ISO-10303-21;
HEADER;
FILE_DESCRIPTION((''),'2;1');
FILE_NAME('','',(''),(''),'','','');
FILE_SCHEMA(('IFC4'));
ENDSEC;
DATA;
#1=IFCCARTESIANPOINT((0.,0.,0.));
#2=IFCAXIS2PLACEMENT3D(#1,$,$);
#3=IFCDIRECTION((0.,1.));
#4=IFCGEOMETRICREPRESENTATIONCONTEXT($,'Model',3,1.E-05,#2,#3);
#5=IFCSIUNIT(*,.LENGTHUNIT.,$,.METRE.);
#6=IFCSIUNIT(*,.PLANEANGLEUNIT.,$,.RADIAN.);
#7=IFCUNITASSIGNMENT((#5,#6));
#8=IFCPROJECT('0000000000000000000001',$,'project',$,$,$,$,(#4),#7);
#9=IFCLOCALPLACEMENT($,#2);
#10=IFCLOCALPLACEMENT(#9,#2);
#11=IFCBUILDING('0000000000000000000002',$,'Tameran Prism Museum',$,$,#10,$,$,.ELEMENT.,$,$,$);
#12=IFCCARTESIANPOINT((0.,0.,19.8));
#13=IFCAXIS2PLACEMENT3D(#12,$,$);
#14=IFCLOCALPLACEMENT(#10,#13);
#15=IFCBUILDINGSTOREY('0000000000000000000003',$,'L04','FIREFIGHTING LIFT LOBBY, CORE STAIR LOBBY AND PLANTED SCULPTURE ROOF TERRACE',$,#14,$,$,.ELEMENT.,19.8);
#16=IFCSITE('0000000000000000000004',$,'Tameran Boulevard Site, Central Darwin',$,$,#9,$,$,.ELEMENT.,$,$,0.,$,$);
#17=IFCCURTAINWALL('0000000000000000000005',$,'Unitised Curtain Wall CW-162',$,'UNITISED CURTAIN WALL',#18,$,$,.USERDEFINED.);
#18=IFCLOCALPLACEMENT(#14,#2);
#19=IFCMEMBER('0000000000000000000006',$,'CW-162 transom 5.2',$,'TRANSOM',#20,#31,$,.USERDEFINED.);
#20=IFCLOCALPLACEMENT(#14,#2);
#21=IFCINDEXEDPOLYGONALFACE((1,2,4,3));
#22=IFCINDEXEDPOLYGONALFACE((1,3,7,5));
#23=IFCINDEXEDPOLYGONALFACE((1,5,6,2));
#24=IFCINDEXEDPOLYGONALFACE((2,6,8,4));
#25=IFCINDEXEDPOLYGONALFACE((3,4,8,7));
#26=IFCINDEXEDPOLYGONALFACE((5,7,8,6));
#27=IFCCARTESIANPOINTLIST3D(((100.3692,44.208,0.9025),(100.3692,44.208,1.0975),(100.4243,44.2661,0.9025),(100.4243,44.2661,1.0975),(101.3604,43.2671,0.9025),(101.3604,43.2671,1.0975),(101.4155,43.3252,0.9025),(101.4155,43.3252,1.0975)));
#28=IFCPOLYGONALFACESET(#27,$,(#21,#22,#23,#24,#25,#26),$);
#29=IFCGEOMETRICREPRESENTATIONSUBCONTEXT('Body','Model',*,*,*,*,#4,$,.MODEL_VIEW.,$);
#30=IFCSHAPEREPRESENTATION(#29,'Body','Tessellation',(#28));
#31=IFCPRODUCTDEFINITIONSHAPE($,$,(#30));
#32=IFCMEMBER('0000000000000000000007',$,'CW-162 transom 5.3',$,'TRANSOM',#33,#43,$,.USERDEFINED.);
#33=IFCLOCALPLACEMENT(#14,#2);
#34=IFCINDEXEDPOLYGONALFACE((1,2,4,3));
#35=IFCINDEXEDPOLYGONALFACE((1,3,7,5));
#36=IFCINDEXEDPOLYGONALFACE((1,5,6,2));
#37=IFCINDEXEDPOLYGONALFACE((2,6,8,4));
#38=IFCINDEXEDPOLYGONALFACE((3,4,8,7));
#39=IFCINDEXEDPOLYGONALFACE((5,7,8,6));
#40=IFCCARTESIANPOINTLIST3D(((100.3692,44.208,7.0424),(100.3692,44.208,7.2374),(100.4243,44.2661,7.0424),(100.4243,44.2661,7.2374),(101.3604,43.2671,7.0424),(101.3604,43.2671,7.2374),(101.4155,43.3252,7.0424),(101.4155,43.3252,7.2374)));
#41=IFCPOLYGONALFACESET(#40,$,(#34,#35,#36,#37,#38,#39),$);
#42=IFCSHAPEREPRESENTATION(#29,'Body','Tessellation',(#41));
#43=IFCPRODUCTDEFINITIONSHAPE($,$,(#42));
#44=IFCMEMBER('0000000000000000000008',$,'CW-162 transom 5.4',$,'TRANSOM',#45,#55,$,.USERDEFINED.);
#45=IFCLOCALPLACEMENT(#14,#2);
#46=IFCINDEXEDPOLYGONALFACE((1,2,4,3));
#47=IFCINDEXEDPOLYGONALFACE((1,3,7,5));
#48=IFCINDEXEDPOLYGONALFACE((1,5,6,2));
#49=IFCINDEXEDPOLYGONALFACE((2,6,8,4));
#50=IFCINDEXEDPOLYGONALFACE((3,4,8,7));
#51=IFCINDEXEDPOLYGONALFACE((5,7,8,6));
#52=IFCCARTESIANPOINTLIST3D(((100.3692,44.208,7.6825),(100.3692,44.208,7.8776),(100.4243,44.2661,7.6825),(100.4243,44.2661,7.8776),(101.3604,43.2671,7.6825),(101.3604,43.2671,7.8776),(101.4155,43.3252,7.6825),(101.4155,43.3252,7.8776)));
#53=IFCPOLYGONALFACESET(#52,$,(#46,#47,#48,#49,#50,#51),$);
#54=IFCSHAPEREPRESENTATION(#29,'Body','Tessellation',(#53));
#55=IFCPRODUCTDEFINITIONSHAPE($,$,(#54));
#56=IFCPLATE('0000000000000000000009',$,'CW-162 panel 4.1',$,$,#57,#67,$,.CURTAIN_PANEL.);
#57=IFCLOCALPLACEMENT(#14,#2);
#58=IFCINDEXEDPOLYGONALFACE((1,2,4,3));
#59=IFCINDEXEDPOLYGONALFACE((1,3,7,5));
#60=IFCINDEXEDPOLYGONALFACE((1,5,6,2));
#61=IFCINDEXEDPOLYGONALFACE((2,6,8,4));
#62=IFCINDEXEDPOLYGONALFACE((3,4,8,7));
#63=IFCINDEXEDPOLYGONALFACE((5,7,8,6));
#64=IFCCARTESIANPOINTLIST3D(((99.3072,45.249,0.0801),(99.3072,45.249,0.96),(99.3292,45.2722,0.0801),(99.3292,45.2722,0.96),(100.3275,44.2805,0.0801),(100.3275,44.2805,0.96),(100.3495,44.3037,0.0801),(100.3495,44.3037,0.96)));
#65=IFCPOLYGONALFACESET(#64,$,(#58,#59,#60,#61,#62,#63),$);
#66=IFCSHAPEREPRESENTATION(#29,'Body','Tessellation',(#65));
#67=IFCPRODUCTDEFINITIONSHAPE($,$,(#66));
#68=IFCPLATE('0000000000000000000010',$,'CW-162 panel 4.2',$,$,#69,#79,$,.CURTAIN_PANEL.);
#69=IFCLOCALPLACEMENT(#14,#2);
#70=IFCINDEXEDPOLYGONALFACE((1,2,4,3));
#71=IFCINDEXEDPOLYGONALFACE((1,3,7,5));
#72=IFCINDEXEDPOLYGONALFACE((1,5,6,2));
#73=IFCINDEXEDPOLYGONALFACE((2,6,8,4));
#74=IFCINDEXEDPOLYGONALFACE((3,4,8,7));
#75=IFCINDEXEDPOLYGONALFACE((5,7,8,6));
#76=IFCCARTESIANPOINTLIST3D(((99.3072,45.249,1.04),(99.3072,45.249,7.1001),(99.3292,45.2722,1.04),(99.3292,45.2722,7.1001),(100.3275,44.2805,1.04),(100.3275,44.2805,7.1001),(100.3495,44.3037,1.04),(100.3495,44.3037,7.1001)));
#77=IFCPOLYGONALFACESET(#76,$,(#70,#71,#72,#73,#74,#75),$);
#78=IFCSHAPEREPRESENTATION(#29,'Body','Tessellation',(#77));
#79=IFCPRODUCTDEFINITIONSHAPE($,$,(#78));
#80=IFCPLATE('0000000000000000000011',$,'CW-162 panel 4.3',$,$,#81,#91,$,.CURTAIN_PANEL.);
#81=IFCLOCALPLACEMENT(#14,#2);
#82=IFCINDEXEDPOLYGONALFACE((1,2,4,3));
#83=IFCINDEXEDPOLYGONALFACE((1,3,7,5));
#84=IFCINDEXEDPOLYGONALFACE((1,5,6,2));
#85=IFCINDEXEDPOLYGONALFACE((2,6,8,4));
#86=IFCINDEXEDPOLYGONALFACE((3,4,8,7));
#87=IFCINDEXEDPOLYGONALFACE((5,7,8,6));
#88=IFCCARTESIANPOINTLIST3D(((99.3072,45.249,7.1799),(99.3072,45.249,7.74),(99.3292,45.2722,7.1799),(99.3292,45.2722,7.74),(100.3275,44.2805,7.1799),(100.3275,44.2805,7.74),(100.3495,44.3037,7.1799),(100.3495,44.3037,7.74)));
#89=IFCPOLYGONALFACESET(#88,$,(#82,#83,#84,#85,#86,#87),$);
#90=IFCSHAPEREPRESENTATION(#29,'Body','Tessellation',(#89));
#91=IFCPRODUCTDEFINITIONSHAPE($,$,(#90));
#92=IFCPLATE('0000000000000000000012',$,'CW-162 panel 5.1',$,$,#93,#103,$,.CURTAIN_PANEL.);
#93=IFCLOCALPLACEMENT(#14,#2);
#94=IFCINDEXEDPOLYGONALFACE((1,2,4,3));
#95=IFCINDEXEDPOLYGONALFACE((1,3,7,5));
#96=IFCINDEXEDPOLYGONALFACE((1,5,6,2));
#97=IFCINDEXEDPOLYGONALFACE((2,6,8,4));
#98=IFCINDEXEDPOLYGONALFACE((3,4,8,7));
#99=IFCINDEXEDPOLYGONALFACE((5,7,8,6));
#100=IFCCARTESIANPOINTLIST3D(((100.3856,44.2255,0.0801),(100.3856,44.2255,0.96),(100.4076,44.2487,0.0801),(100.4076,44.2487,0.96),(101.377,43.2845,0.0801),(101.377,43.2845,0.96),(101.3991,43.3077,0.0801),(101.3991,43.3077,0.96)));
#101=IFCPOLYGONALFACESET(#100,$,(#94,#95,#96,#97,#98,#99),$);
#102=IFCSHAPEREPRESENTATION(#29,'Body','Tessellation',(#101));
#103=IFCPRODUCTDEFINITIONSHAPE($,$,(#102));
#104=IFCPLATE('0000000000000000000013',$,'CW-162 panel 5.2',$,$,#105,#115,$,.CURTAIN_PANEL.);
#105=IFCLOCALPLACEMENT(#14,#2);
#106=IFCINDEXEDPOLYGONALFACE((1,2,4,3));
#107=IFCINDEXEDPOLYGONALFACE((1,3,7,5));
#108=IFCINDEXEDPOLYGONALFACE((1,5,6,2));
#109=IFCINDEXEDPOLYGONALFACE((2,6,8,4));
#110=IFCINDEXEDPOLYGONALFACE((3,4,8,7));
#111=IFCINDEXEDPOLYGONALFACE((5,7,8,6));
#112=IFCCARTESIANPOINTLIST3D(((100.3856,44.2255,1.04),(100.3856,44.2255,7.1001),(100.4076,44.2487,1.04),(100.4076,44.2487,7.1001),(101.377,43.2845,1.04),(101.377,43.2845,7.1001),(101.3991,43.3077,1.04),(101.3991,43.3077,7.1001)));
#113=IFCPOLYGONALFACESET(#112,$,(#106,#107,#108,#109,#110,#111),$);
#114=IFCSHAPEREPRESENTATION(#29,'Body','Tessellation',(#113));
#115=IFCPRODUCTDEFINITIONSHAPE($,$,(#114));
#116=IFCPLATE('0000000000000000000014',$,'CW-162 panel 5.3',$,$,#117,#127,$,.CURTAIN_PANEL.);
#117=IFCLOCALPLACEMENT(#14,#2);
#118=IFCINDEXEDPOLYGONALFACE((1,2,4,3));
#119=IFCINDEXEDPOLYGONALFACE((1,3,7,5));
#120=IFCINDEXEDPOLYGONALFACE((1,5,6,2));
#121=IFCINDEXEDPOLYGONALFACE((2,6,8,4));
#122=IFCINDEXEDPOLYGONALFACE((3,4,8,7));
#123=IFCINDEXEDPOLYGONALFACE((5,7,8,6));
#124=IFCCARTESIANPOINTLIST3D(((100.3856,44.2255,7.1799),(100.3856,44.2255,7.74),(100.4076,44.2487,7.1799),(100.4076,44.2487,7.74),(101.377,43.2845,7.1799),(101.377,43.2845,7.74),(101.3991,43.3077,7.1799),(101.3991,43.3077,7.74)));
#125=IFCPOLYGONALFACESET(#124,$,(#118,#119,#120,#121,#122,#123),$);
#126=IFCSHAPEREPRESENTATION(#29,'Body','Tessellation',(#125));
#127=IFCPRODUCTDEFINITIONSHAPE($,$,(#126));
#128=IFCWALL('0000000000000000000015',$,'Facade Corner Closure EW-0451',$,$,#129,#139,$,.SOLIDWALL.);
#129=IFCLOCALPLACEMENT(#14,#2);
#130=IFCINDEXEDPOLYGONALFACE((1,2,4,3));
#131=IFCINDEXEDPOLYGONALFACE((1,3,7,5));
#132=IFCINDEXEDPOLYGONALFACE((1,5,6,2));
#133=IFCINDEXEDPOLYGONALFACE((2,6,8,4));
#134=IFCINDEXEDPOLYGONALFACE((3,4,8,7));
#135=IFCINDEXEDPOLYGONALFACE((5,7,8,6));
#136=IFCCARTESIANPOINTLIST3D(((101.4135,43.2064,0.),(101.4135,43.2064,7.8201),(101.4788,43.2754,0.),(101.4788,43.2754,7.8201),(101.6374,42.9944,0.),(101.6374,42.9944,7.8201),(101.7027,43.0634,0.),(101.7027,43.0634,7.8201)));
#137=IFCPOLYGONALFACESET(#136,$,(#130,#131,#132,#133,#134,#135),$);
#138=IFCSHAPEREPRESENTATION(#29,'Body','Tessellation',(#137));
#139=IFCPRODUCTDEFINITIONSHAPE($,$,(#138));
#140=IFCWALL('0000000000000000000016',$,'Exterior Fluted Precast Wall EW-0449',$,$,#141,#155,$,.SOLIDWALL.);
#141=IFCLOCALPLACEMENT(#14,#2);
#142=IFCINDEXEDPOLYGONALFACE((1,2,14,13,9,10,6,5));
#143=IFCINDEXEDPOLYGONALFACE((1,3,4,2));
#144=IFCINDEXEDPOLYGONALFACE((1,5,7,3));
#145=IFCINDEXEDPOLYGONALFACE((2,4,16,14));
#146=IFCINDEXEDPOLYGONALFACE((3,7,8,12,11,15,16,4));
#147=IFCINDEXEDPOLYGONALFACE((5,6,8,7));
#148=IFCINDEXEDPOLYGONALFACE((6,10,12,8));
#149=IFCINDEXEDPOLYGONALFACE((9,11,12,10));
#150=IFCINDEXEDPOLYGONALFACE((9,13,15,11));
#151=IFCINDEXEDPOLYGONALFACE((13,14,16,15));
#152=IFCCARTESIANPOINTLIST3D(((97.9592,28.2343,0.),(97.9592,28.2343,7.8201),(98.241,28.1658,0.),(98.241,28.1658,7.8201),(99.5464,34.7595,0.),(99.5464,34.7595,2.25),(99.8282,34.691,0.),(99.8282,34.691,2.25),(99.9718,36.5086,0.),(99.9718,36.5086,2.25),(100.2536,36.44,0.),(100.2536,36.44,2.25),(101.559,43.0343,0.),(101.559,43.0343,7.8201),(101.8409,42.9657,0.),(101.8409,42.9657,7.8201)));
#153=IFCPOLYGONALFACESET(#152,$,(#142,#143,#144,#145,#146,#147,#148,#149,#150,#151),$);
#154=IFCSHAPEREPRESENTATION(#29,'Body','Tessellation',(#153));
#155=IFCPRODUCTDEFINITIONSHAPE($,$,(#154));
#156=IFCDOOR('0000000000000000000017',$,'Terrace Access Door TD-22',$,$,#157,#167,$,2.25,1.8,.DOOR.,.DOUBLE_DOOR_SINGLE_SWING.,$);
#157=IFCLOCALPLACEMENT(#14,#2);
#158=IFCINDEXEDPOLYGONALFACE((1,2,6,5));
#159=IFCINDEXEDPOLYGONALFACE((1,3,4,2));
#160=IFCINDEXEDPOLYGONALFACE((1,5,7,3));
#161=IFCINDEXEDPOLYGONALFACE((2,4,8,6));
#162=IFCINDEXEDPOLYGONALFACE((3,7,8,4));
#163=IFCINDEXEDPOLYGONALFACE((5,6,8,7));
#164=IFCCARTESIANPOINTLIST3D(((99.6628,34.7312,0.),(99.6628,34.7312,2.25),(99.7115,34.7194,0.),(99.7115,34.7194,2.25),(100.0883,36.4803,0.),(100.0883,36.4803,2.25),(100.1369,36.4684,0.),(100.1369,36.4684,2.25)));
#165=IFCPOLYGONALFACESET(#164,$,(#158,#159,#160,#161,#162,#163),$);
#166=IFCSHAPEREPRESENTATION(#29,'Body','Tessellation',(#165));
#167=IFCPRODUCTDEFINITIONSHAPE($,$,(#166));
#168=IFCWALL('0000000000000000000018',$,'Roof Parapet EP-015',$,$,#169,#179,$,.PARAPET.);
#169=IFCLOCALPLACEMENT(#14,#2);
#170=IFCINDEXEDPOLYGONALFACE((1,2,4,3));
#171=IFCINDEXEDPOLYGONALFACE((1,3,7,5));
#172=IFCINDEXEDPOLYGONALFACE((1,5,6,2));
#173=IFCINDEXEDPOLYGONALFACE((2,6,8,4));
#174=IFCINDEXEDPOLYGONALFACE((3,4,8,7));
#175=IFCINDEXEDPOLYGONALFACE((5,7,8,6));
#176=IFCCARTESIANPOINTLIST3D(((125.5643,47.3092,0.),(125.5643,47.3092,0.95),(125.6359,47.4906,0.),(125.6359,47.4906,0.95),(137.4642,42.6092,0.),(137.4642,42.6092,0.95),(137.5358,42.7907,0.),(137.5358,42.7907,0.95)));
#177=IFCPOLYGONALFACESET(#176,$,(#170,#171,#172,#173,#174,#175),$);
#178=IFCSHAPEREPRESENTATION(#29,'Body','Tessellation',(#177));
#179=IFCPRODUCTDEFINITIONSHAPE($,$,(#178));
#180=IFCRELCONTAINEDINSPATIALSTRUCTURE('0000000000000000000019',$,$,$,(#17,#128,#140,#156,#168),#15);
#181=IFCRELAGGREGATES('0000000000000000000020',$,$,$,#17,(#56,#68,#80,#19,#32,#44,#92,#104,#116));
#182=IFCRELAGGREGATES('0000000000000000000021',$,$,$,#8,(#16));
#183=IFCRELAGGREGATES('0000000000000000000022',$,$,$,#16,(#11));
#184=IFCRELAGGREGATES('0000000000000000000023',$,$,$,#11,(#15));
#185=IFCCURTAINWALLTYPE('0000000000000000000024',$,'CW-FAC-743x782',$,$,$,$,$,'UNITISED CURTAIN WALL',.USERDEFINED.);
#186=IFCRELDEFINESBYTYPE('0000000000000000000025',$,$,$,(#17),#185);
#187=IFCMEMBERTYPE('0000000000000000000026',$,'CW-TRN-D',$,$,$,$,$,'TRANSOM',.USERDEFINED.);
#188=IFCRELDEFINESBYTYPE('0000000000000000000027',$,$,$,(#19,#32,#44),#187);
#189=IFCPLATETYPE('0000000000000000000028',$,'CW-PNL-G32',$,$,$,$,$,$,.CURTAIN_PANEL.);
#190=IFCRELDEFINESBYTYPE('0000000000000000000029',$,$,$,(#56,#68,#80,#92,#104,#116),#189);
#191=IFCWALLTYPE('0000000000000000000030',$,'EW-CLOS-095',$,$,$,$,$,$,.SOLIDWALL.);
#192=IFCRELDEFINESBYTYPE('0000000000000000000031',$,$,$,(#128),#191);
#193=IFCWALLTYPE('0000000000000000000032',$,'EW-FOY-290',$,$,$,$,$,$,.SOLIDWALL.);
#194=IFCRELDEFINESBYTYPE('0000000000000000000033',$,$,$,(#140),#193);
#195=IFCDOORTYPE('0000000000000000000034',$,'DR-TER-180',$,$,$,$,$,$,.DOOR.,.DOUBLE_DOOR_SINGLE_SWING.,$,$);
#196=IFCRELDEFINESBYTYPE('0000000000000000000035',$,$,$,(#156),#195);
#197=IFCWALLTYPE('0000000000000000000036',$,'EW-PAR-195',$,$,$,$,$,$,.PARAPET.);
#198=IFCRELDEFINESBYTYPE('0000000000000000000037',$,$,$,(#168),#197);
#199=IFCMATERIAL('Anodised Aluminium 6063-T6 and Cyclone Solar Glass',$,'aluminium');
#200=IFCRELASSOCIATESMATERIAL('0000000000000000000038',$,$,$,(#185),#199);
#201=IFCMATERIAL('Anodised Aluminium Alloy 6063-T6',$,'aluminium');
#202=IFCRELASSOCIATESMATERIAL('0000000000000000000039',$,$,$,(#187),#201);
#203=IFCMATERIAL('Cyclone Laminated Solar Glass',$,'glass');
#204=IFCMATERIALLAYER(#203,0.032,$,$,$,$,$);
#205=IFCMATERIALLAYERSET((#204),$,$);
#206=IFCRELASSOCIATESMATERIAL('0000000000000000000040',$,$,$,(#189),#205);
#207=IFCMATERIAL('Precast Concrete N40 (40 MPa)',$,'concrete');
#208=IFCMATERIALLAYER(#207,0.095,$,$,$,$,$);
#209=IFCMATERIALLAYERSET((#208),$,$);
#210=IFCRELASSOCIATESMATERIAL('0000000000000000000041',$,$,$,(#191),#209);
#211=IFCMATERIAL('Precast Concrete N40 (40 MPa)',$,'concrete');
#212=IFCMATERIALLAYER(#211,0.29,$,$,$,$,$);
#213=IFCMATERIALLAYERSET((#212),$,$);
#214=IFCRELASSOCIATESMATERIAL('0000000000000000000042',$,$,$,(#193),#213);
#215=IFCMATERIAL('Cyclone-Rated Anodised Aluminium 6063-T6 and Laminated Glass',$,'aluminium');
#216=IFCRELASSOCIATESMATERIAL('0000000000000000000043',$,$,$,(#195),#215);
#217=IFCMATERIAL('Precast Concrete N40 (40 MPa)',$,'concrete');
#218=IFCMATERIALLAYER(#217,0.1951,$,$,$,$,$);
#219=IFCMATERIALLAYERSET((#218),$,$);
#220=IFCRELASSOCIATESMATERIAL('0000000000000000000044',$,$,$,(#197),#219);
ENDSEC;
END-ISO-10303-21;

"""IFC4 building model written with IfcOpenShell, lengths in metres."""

from ifc_helpers import new_model, si_unit, direction, frame, frame_2d, origin, origin_2d, place, context, subcontext, project, spatial, rectangle, extrude, material, layer, layer_set, material_profile, profile_set, type_object, element, fill, aggregate, save


model = new_model("IFC4")

# Units and contexts
model_context = context("Model", 3, precision=1e-05, world=origin(), true_north=direction((0.0, 1.0)))
body_context = subcontext(model_context, "Body", "Model", "MODEL_VIEW")
ifc_project = project(units=[si_unit("LENGTHUNIT", "METRE"), si_unit("PLANEANGLEUNIT", "RADIAN")], contexts=[model_context])

# Site, building, storey
site_placement = place(None, origin())
site = spatial("IfcSite", under=ifc_project, at=site_placement, Name="Tameran Boulevard Site, Central Darwin", CompositionType="ELEMENT", RefElevation=0.0)
building_placement = place(site_placement, origin())
building = spatial("IfcBuilding", under=site, at=building_placement, Name="Tameran Prism Museum", CompositionType="ELEMENT")
storey_placement = place(building_placement, frame((0.0, 0.0, 19.8)))
storey = spatial("IfcBuildingStorey", under=building, at=storey_placement, Name="L04", Description="FIREFIGHTING LIFT LOBBY, CORE STAIR LOBBY AND PLANTED SCULPTURE ROOF TERRACE", CompositionType="ELEMENT", Elevation=19.8)

# Curtain wall, members, plates
ifc_material_1 = material(Name="Anodised Aluminium 6063-T6 and Cyclone Solar Glass", Category="aluminium")
curtain_wall_type = type_object("IfcCurtainWallType", Name="CW-FAC-743x782", ElementType="UNITISED CURTAIN WALL", PredefinedType="USERDEFINED", material=ifc_material_1)
curtain_wall_placement = place(storey_placement, origin())
curtain_wall = element("IfcCurtainWall", 1, at=curtain_wall_placement, inside=storey, type_object=curtain_wall_type, Name="Unitised Curtain Wall CW-162", ObjectType="UNITISED CURTAIN WALL", PredefinedType="USERDEFINED")
ifc_material_2 = material(Name="Anodised Aluminium Alloy 6063-T6", Category="aluminium")
ifc_material_profile_1 = material_profile(ifc_material_2, rectangle(XDim=0.0801, YDim=0.1951, at=origin_2d()))
ifc_profile_set_1 = profile_set([ifc_material_profile_1])
member_type_1 = type_object("IfcMemberType", Name="CW-TRN-D", ElementType="TRANSOM", PredefinedType="USERDEFINED", material=ifc_profile_set_1)
member_1_placement = place(storey_placement, frame((100.3967, 44.2371, 1.0), z_axis=(0.725267, -0.688468, 0.0), x_axis=(0.688468, 0.725267, 0.0)))
member_1 = element("IfcMember", 2, at=member_1_placement, type_object=member_type_1, Name="CW-162 transom 5.2", ObjectType="TRANSOM", PredefinedType="USERDEFINED", context=body_context, shape_type="SweptSolid", body=[
    extrude(rectangle(XDim=0.0801, YDim=0.1951, at=origin_2d()), origin(), (0.0, 0.0, 1.0), 1.3667),
])
member_2_placement = place(storey_placement, frame((100.3967, 44.2371, 7.1399), z_axis=(0.725267, -0.688468, 0.0), x_axis=(0.688468, 0.725267, 0.0)))
member_2 = element("IfcMember", 3, at=member_2_placement, type_object=member_type_1, Name="CW-162 transom 5.3", ObjectType="TRANSOM", PredefinedType="USERDEFINED", context=body_context, shape_type="SweptSolid", body=[
    extrude(rectangle(XDim=0.0801, YDim=0.1951, at=origin_2d()), origin(), (0.0, 0.0, 1.0), 1.3667),
])
member_3_placement = place(storey_placement, frame((100.3967, 44.2371, 7.78), z_axis=(0.725267, -0.688468, 0.0), x_axis=(0.688468, 0.725267, 0.0)))
member_3 = element("IfcMember", 4, at=member_3_placement, type_object=member_type_1, Name="CW-162 transom 5.4", ObjectType="TRANSOM", PredefinedType="USERDEFINED", context=body_context, shape_type="SweptSolid", body=[
    extrude(rectangle(XDim=0.0801, YDim=0.1951, at=origin_2d()), origin(), (0.0, 0.0, 1.0), 1.3667),
])
ifc_material_3 = material(Name="Cyclone Laminated Solar Glass", Category="glass")
ifc_layer_1 = layer(ifc_material_3, 0.032)
ifc_layer_set_1 = layer_set([ifc_layer_1])
plate_type = type_object("IfcPlateType", Name="CW-PNL-G32", PredefinedType="CURTAIN_PANEL", material=ifc_layer_set_1)
plate_1_placement = place(storey_placement, frame((99.8284, 44.7764, 0.0801), z_axis=(0.0, 0.0, 1.0), x_axis=(0.725295, -0.688438, 0.0)))
plate_1 = element("IfcPlate", 5, at=plate_1_placement, type_object=plate_type, Name="CW-162 panel 4.1", PredefinedType="CURTAIN_PANEL", context=body_context, shape_type="SweptSolid", body=[
    extrude(rectangle(XDim=1.4067, YDim=0.032, at=origin_2d()), origin(), (0.0, 0.0, 1.0), 0.8799),
])
plate_2_placement = place(storey_placement, frame((99.8284, 44.7764, 1.04), z_axis=(0.0, 0.0, 1.0), x_axis=(0.725295, -0.688438, 0.0)))
plate_2 = element("IfcPlate", 6, at=plate_2_placement, type_object=plate_type, Name="CW-162 panel 4.2", PredefinedType="CURTAIN_PANEL", context=body_context, shape_type="SweptSolid", body=[
    extrude(rectangle(XDim=1.4067, YDim=0.032, at=origin_2d()), origin(), (0.0, 0.0, 1.0), 6.0601),
])
plate_3_placement = place(storey_placement, frame((99.8284, 44.7764, 7.1799), z_axis=(0.0, 0.0, 1.0), x_axis=(0.725295, -0.688438, 0.0)))
plate_3 = element("IfcPlate", 7, at=plate_3_placement, type_object=plate_type, Name="CW-162 panel 4.3", PredefinedType="CURTAIN_PANEL", context=body_context, shape_type="SweptSolid", body=[
    extrude(rectangle(XDim=1.4067, YDim=0.032, at=origin_2d()), origin(), (0.0, 0.0, 1.0), 0.5601),
])
plate_4_placement = place(storey_placement, frame((100.8923, 43.7666, 0.0801), z_axis=(0.0, 0.0, 1.0), x_axis=(0.725295, -0.688438, 0.0)))
plate_4 = element("IfcPlate", 8, at=plate_4_placement, type_object=plate_type, Name="CW-162 panel 5.1", PredefinedType="CURTAIN_PANEL", context=body_context, shape_type="SweptSolid", body=[
    extrude(rectangle(XDim=1.3669, YDim=0.032, at=origin_2d()), origin(), (0.0, 0.0, 1.0), 0.8799),
])
plate_5_placement = place(storey_placement, frame((100.8923, 43.7666, 1.04), z_axis=(0.0, 0.0, 1.0), x_axis=(0.725295, -0.688438, 0.0)))
plate_5 = element("IfcPlate", 9, at=plate_5_placement, type_object=plate_type, Name="CW-162 panel 5.2", PredefinedType="CURTAIN_PANEL", context=body_context, shape_type="SweptSolid", body=[
    extrude(rectangle(XDim=1.3669, YDim=0.032, at=origin_2d()), origin(), (0.0, 0.0, 1.0), 6.0601),
])
plate_6_placement = place(storey_placement, frame((100.8923, 43.7666, 7.1799), z_axis=(0.0, 0.0, 1.0), x_axis=(0.725295, -0.688438, 0.0)))
plate_6 = element("IfcPlate", 10, at=plate_6_placement, type_object=plate_type, Name="CW-162 panel 5.3", PredefinedType="CURTAIN_PANEL", context=body_context, shape_type="SweptSolid", body=[
    extrude(rectangle(XDim=1.3669, YDim=0.032, at=origin_2d()), origin(), (0.0, 0.0, 1.0), 0.5601),
])
aggregate(curtain_wall, [plate_1, plate_2, plate_3, member_1, member_2, member_3, plate_4, plate_5, plate_6])

# Wall
ifc_material_4 = material(Name="Precast Concrete N40 (40 MPa)", Category="concrete")
ifc_layer_2 = layer(ifc_material_4, 0.095)
ifc_layer_set_2 = layer_set([ifc_layer_2])
wall_type_1 = type_object("IfcWallType", Name="EW-CLOS-095", PredefinedType="SOLIDWALL", material=ifc_layer_set_2)
wall_1_placement = place(storey_placement, frame((101.446, 43.241, 0.0), z_axis=(0.0, 0.0, 1.0), x_axis=(0.726244, -0.687437, 0.0)))
element("IfcWall", 11, at=wall_1_placement, inside=storey, type_object=wall_type_1, Name="Facade Corner Closure EW-0451", PredefinedType="SOLIDWALL", context=body_context, shape_type="SweptSolid", body=[
    extrude(rectangle(XDim=0.3083, YDim=0.095, at=frame_2d((0.1543, 0.0))), origin(), (0.0, 0.0, 1.0), 7.8201),
])

# Wall, opening, door
ifc_material_5 = material(Name="Precast Concrete N40 (40 MPa)", Category="concrete")
ifc_layer_3 = layer(ifc_material_5, 0.29)
ifc_layer_set_3 = layer_set([ifc_layer_3])
wall_type_2 = type_object("IfcWallType", Name="EW-FOY-290", PredefinedType="SOLIDWALL", material=ifc_layer_set_3)
wall_2_placement = place(storey_placement, frame((101.7, 43.0, 0.0), z_axis=(0.0, 0.0, 1.0), x_axis=(-0.236342, -0.97167, 0.0)))
wall_2 = element("IfcWall", 12, at=wall_2_placement, inside=storey, type_object=wall_type_2, Name="Exterior Fluted Precast Wall EW-0449", PredefinedType="SOLIDWALL", context=body_context, shape_type="SweptSolid", body=[
    extrude(rectangle(XDim=15.2314, YDim=0.29, at=frame_2d((7.6157, 0.0))), origin(), (0.0, 0.0, 1.0), 7.8201),
])
opening_placement = place(wall_2_placement, frame((6.7161, 0.0, 0.0)))
opening = element("IfcOpeningElement", 13, at=opening_placement, cuts=wall_2, PredefinedType="OPENING", context=body_context, shape_type="SweptSolid", body=[
    extrude(rectangle(XDim=1.8, YDim=2.25, at=frame_2d((0.8999, 1.125))), frame((0.0, 0.155, 0.0), z_axis=(0.0, -1.0, 0.0), x_axis=(1.0, 0.0, 0.0)), (0.0, 0.0, 1.0), 0.3101),
])
ifc_material_6 = material(Name="Cyclone-Rated Anodised Aluminium 6063-T6 and Laminated Glass", Category="aluminium")
door_type = type_object("IfcDoorType", Name="DR-TER-180", OperationType="DOUBLE_DOOR_SINGLE_SWING", PredefinedType="DOOR", material=ifc_material_6)
door_placement = place(opening_placement, origin())
door = element("IfcDoor", 14, at=door_placement, inside=storey, type_object=door_type, Name="Terrace Access Door TD-22", OperationType="DOUBLE_DOOR_SINGLE_SWING", OverallHeight=2.25, OverallWidth=1.8, PredefinedType="DOOR", context=body_context, shape_type="SweptSolid", body=[
    extrude(rectangle(XDim=1.8, YDim=2.25, at=frame_2d((0.8999, 1.125))), frame((0.0, 0.0249, 0.0), z_axis=(0.0, -1.0, 0.0), x_axis=(1.0, 0.0, 0.0)), (0.0, 0.0, 1.0), 0.05),
])
fill(opening, door)

# Wall
ifc_material_7 = material(Name="Precast Concrete N40 (40 MPa)", Category="concrete")
ifc_layer_4 = layer(ifc_material_7, 0.1951)
ifc_layer_set_4 = layer_set([ifc_layer_4])
wall_type_3 = type_object("IfcWallType", Name="EW-PAR-195", PredefinedType="PARAPET", material=ifc_layer_set_4)
wall_3_placement = place(storey_placement, frame((137.5, 42.7, 0.0), z_axis=(0.0, 0.0, 1.0), x_axis=(-0.930085, 0.367344, 0.0)))
element("IfcWall", 15, at=wall_3_placement, inside=storey, type_object=wall_type_3, Name="Roof Parapet EP-015", PredefinedType="PARAPET", context=body_context, shape_type="SweptSolid", body=[
    extrude(rectangle(XDim=12.7944, YDim=0.1951, at=frame_2d((6.3972, 0.0))), origin(), (0.0, 0.0, 1.0), 0.95),
])

save(model, "model.ifc")
